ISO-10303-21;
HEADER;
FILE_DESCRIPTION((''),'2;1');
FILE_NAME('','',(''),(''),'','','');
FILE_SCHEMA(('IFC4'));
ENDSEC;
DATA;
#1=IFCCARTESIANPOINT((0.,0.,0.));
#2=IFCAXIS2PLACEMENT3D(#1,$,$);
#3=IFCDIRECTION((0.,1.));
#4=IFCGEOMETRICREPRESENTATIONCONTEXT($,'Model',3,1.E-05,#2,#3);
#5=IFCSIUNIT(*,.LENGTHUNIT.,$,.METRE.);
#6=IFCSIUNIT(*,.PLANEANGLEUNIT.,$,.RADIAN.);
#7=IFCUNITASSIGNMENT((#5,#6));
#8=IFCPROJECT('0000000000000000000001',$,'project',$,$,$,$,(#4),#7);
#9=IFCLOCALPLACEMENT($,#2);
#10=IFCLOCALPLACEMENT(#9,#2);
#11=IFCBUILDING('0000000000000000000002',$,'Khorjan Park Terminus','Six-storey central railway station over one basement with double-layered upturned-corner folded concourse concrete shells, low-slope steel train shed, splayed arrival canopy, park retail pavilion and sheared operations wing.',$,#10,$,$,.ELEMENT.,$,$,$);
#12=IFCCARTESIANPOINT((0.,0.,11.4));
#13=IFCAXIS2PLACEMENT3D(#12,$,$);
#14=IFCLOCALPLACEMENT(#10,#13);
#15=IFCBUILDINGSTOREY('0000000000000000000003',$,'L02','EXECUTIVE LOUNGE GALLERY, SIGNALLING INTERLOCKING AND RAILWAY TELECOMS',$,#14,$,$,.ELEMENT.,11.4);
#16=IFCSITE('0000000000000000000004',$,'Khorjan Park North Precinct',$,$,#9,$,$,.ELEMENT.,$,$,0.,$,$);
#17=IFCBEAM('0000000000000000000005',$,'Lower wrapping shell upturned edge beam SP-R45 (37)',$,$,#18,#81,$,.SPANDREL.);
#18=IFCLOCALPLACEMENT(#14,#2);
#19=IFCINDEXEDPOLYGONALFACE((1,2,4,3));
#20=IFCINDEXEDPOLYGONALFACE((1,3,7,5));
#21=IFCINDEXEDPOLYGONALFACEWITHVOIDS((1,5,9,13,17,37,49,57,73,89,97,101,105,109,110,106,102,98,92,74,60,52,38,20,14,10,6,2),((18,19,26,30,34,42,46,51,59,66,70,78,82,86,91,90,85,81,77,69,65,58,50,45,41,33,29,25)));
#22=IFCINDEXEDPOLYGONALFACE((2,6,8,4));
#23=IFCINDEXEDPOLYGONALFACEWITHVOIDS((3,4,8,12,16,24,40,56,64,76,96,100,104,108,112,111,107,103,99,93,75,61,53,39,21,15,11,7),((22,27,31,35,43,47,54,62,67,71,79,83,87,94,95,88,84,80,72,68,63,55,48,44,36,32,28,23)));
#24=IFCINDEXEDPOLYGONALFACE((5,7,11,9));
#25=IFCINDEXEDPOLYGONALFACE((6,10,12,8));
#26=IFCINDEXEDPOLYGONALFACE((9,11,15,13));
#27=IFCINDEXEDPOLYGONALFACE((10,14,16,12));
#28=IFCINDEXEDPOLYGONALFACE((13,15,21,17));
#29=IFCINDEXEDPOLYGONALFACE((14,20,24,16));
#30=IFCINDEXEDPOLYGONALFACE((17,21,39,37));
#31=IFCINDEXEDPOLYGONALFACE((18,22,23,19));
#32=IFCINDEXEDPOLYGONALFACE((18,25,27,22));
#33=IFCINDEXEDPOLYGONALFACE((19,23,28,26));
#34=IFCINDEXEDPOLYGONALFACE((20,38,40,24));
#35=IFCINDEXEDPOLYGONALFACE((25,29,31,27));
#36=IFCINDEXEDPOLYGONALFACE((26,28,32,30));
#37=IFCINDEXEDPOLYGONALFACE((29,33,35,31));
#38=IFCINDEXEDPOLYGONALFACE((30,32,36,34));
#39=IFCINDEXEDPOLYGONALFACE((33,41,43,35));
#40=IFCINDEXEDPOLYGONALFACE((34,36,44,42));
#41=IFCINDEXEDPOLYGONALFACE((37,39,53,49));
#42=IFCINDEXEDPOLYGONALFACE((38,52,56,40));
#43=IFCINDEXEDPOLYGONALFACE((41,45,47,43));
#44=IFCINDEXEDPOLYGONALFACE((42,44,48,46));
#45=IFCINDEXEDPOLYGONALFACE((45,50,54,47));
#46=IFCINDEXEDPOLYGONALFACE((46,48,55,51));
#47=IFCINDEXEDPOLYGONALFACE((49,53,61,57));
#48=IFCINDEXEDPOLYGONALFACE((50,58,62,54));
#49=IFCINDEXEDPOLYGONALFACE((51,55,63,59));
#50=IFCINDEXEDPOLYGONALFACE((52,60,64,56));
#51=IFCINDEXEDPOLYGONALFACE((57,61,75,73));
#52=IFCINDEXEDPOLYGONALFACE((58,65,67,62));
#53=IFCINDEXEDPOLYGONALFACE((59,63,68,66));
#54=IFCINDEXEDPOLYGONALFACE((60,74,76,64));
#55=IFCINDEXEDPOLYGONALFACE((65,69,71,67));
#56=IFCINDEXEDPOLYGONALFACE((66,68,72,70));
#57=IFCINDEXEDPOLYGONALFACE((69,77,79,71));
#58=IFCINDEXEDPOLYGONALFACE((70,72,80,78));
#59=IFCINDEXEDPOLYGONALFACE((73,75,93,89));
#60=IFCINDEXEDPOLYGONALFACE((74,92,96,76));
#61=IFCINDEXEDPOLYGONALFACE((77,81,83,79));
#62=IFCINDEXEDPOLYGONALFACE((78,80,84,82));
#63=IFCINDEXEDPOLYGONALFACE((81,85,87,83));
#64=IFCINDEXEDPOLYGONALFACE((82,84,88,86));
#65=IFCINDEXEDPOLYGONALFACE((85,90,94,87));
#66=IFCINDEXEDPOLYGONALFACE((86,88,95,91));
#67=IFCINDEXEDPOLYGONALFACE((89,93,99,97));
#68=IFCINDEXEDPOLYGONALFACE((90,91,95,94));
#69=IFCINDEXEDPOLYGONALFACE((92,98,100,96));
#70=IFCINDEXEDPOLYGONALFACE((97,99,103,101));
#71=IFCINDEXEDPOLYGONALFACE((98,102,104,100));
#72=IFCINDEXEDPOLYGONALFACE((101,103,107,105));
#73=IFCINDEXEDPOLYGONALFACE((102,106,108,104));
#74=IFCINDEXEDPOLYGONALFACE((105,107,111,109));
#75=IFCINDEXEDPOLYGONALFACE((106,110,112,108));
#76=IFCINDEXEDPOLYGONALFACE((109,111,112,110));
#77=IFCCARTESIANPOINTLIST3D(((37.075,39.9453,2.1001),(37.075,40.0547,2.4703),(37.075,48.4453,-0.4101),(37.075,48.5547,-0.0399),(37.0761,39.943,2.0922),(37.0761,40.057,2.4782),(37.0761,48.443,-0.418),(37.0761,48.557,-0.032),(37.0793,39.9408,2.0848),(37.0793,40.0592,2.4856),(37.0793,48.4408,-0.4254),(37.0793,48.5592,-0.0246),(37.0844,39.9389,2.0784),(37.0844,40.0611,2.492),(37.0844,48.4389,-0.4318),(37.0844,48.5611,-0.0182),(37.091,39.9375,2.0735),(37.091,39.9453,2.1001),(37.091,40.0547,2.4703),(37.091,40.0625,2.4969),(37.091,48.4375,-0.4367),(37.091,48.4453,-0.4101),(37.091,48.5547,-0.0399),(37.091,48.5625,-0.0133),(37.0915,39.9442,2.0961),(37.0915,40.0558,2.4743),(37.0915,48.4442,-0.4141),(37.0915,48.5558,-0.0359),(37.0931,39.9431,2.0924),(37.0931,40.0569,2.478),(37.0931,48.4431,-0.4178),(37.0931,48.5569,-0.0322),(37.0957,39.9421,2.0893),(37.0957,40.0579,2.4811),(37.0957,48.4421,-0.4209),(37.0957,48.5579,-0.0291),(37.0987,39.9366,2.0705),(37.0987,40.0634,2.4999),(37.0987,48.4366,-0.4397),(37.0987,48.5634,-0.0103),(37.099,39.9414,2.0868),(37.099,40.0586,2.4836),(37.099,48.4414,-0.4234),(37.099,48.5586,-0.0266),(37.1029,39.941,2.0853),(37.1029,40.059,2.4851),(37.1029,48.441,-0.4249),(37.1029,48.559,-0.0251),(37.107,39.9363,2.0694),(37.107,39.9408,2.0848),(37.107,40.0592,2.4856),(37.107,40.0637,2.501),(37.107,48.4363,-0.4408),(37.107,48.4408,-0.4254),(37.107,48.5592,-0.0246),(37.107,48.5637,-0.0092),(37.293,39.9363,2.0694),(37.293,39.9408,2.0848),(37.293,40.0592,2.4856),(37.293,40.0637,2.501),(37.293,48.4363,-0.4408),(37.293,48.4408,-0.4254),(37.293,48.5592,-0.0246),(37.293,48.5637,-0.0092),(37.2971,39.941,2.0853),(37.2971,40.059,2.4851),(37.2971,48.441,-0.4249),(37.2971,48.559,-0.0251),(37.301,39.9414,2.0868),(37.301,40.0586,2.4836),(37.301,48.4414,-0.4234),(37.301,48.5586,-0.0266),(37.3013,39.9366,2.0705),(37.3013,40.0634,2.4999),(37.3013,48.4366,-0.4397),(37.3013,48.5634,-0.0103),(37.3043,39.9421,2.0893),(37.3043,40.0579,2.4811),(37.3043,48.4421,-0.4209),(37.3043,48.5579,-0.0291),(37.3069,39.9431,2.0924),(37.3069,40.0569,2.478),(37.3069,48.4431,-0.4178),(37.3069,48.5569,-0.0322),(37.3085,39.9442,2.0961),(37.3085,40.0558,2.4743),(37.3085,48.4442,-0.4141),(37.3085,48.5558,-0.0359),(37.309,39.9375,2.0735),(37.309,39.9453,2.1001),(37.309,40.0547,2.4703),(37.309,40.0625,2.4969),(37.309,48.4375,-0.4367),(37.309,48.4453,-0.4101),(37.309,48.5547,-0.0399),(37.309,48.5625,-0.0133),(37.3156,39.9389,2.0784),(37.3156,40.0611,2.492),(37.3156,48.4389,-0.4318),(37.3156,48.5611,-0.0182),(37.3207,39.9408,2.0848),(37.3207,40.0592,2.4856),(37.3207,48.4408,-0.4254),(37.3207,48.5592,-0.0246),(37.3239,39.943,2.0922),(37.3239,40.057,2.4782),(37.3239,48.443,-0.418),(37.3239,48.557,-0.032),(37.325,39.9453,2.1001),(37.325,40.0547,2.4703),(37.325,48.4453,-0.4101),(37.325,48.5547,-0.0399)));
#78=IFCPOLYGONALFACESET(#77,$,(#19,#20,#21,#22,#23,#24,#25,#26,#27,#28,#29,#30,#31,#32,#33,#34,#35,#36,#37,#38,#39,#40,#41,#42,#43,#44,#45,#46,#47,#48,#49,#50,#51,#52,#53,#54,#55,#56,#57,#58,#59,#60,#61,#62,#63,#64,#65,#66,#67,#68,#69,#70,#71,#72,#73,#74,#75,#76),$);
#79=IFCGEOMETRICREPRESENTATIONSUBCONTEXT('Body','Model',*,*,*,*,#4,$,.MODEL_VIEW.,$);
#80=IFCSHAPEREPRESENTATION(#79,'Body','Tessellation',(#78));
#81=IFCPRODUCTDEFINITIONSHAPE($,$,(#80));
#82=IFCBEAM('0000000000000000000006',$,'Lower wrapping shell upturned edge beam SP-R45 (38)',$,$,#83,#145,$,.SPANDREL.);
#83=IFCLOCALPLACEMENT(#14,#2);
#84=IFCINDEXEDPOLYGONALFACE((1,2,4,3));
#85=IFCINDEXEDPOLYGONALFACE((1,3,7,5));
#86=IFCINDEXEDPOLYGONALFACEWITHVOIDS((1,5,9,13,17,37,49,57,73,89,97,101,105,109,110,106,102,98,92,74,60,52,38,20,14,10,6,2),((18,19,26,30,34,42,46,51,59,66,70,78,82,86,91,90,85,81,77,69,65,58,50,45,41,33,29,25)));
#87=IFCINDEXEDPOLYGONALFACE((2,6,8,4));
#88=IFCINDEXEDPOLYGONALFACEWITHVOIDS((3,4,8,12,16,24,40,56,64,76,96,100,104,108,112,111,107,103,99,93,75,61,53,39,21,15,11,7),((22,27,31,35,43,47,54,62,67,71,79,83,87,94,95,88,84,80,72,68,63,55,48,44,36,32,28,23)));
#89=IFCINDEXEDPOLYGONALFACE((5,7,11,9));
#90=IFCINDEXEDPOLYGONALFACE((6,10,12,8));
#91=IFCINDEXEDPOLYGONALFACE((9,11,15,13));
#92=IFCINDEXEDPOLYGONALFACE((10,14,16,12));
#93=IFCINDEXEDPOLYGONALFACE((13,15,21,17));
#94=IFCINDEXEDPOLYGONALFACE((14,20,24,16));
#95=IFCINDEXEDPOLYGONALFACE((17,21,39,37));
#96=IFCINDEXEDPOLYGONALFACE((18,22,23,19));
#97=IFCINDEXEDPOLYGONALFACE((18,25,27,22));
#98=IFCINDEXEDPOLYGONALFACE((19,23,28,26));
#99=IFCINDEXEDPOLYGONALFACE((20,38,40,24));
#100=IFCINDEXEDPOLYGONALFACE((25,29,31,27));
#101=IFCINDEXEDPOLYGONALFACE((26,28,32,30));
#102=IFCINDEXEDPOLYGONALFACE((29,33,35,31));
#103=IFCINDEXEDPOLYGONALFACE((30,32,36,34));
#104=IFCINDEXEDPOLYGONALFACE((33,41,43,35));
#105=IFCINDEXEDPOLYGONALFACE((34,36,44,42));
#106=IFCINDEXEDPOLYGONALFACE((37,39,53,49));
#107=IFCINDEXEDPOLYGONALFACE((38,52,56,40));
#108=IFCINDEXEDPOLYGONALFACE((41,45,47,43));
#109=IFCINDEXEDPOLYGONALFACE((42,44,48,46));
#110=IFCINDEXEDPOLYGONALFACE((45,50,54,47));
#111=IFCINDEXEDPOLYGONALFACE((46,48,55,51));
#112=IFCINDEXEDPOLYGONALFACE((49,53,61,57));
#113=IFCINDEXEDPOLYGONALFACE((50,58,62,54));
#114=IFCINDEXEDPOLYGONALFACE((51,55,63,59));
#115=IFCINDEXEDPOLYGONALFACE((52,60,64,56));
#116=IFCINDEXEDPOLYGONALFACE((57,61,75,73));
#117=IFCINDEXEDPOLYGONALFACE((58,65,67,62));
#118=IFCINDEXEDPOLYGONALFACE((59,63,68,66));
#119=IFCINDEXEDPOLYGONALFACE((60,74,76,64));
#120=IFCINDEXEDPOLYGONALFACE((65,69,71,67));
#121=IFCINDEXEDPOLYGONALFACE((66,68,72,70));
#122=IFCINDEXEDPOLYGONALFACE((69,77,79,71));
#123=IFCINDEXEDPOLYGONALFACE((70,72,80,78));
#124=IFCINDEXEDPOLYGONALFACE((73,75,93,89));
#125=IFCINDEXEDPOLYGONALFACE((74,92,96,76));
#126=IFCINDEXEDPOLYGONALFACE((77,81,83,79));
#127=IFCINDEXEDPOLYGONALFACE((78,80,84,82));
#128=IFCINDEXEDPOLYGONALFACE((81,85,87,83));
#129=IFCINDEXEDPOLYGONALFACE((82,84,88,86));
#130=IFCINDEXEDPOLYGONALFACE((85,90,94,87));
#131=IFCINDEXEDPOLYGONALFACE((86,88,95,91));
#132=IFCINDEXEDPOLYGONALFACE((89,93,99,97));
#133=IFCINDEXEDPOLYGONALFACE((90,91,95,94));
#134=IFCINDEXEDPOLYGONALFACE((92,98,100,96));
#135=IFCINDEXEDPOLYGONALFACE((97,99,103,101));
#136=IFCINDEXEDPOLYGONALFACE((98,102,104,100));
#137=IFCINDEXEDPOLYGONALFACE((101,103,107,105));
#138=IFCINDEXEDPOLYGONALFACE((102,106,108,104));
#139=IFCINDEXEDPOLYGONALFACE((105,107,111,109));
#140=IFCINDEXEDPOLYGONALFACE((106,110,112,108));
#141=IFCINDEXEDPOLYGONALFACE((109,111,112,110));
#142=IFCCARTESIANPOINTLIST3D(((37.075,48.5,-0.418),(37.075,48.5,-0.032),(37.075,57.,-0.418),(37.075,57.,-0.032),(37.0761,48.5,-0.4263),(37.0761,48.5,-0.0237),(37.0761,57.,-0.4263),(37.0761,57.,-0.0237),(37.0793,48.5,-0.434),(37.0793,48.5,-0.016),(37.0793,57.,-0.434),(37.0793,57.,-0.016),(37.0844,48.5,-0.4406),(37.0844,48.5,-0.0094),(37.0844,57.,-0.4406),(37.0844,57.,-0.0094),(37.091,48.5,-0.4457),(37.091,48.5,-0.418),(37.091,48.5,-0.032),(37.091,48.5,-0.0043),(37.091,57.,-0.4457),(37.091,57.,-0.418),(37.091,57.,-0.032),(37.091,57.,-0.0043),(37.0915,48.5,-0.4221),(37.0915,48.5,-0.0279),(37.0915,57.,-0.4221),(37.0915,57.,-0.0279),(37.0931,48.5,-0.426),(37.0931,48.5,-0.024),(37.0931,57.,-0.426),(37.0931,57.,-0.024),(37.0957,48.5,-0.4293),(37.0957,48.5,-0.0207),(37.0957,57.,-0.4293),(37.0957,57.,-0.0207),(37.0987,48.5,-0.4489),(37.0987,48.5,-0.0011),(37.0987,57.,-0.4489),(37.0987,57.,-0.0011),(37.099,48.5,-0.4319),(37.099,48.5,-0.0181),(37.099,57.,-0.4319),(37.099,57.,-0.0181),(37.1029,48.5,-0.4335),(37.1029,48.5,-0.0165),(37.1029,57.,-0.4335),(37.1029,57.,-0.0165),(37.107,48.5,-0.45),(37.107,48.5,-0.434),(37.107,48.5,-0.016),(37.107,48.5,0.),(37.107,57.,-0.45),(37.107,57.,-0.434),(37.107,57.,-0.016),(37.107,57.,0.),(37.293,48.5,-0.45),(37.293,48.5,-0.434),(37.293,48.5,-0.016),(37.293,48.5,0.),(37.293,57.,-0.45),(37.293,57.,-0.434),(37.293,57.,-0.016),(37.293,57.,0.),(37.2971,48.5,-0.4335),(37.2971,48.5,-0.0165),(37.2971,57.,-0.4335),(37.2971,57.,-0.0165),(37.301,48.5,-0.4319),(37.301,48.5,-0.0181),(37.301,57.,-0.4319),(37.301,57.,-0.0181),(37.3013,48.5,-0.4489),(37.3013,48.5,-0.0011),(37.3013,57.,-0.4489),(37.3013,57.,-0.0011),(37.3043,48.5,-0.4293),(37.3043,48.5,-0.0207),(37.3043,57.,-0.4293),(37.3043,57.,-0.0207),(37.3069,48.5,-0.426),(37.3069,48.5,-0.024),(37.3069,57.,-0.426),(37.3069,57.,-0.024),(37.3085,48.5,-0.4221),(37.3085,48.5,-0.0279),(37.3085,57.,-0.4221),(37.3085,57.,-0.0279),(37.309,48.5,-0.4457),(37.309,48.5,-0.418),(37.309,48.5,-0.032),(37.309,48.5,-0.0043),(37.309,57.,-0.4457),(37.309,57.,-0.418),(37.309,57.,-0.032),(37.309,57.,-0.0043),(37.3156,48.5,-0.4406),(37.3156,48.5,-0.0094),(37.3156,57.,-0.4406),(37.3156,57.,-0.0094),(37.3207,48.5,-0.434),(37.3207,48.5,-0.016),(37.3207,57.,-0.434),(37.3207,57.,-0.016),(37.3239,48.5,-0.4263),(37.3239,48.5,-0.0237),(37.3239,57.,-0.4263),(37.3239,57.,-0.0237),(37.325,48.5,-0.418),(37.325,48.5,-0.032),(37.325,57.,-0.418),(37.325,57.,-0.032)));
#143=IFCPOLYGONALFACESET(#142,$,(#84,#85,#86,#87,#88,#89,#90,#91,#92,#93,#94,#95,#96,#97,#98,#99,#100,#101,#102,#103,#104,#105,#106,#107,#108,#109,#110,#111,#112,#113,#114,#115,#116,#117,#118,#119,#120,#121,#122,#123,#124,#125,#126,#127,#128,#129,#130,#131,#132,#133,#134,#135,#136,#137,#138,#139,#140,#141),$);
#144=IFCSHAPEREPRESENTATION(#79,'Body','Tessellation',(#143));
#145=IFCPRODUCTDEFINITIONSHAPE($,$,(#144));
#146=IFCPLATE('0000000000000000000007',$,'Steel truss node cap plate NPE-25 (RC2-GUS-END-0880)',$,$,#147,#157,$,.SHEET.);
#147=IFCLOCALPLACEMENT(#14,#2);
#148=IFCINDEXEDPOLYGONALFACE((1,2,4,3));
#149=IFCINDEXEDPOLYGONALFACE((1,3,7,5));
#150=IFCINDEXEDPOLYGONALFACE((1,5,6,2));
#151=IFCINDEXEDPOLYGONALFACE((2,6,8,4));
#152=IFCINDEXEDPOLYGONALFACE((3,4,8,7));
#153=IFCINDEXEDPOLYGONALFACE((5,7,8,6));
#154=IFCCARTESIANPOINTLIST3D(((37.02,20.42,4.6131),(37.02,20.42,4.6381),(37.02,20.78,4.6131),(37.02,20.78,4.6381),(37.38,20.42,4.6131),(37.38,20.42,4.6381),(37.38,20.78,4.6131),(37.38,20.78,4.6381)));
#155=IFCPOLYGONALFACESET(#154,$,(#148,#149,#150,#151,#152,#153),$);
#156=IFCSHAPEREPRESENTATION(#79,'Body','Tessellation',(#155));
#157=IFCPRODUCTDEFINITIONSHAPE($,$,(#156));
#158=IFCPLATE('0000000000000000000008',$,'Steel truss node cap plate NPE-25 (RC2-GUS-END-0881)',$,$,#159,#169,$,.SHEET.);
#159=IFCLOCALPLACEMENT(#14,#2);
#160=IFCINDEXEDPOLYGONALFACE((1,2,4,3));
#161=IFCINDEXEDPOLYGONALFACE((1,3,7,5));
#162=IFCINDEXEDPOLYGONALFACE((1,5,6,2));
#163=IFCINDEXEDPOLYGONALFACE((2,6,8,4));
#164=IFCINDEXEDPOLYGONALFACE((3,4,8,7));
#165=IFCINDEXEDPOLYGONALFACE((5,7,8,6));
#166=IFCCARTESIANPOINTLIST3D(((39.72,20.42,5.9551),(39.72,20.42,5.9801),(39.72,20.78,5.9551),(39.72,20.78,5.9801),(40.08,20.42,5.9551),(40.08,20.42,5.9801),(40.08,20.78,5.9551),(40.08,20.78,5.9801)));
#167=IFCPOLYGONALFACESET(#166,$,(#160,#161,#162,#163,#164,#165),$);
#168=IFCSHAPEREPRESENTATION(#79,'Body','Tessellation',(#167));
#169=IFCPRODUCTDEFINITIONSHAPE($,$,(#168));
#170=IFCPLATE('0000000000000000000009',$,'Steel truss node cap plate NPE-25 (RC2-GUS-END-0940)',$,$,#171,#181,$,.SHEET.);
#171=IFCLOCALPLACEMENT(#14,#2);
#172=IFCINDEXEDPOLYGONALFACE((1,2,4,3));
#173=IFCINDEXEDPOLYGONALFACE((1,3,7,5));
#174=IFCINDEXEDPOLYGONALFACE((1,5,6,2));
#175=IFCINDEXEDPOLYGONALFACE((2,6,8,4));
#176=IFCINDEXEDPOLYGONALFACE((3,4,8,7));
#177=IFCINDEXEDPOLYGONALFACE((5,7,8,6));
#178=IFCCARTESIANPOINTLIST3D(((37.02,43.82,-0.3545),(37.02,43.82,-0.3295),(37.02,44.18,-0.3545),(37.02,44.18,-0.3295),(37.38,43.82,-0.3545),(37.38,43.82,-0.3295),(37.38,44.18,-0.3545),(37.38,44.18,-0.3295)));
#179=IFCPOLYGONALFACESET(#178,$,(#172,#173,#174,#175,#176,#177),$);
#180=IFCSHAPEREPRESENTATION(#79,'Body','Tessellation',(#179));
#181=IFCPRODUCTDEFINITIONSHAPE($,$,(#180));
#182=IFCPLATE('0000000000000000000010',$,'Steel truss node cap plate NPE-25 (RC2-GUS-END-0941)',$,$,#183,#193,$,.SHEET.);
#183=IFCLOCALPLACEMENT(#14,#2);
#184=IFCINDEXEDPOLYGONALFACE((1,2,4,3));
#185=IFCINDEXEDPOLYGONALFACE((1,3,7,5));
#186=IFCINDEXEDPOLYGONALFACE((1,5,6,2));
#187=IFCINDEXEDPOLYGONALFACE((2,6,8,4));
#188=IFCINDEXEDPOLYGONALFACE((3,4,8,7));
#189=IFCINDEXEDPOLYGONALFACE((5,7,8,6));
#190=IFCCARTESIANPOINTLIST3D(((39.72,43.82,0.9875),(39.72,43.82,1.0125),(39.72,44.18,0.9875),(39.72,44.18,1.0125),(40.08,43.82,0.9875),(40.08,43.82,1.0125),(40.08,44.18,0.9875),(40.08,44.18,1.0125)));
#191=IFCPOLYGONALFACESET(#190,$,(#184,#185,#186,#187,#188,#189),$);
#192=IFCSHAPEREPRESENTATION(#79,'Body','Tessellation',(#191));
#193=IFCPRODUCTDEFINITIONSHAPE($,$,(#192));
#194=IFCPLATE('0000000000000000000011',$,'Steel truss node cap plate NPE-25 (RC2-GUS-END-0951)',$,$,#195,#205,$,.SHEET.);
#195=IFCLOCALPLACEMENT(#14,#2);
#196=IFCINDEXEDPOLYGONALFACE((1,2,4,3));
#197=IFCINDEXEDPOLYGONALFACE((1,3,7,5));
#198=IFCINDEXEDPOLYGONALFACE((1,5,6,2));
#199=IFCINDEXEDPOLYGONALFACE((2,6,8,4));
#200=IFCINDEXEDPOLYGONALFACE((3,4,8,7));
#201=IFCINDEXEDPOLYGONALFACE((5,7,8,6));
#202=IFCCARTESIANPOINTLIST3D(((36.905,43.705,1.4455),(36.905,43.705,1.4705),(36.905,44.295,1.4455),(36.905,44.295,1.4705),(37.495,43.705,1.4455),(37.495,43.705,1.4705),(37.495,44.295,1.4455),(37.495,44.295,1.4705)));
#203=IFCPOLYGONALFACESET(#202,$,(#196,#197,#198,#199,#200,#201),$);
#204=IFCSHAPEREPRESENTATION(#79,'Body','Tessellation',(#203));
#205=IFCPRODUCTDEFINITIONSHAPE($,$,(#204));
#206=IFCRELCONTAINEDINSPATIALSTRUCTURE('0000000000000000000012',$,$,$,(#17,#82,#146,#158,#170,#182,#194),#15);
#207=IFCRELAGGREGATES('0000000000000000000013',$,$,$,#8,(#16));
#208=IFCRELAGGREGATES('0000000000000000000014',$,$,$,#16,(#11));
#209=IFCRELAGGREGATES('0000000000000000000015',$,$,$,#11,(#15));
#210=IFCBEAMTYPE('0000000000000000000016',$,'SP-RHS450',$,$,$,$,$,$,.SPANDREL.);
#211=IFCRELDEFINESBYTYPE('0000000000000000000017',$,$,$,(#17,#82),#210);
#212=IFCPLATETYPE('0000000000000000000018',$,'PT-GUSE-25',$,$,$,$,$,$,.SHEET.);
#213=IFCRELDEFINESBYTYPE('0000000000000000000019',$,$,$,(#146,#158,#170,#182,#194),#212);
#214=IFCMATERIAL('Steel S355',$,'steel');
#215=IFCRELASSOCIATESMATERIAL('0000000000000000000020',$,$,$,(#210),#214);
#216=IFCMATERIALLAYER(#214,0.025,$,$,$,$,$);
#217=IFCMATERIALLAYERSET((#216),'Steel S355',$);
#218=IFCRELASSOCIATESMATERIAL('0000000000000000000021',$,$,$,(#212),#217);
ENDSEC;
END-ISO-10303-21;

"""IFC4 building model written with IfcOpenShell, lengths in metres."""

from ifc_helpers import new_model, si_unit, direction, frame, origin, origin_2d, place, context, subcontext, project, spatial, rectangle, hollow_rectangle, extrude, material, layer, layer_set, material_profile, profile_set, type_object, element, save


model = new_model("IFC4")

# Units and contexts
model_context = context("Model", 3, precision=1e-05, world=origin(), true_north=direction((0.0, 1.0)))
body_context = subcontext(model_context, "Body", "Model", "MODEL_VIEW")
ifc_project = project(units=[si_unit("LENGTHUNIT", "METRE"), si_unit("PLANEANGLEUNIT", "RADIAN")], contexts=[model_context])

# Site, building, storey
site_placement = place(None, origin())
site = spatial("IfcSite", under=ifc_project, at=site_placement, Name="Khorjan Park North Precinct", CompositionType="ELEMENT", RefElevation=0.0)
building_placement = place(site_placement, origin())
building = spatial("IfcBuilding", under=site, at=building_placement, Name="Khorjan Park Terminus", Description="Six-storey central railway station over one basement with double-layered upturned-corner folded concourse concrete shells, low-slope steel train shed, splayed arrival canopy, park retail pavilion and sheared operations wing.", CompositionType="ELEMENT")
storey_placement = place(building_placement, frame((0.0, 0.0, 11.4)))
storey = spatial("IfcBuildingStorey", under=building, at=storey_placement, Name="L02", Description="EXECUTIVE LOUNGE GALLERY, SIGNALLING INTERLOCKING AND RAILWAY TELECOMS", CompositionType="ELEMENT", Elevation=11.4)

# Shared definitions
ifc_material_1 = material(Name="Steel S355", Category="steel")

# Beams
ifc_material_profile_1 = material_profile(ifc_material_1, hollow_rectangle(XDim=0.25, YDim=0.45, WallThickness=0.016, InnerFilletRadius=0.016, OuterFilletRadius=0.032, at=origin_2d()), Name="RHS 450x250x16")
ifc_profile_set_1 = profile_set([ifc_material_profile_1], Name="Steel S355")
beam_type = type_object("IfcBeamType", Name="SP-RHS450", PredefinedType="SPANDREL", material=ifc_profile_set_1)
beam_1_placement = place(storey_placement, frame((37.2, 40.0, 2.2852), z_axis=(0.0, 0.959053, -0.283225), x_axis=(-1.0, 0.0, 0.0)))
element("IfcBeam", 1, at=beam_1_placement, inside=storey, type_object=beam_type, Name="Lower wrapping shell upturned edge beam SP-R45 (37)", PredefinedType="SPANDREL", context=body_context, shape_type="SweptSolid", body=[
    extrude(hollow_rectangle(XDim=0.25, YDim=0.45, WallThickness=0.016, InnerFilletRadius=0.016, OuterFilletRadius=0.032, at=origin_2d()), origin(), (0.0, 0.0, 1.0), 8.8629),
])
beam_2_placement = place(storey_placement, frame((37.2, 48.5, -0.225), z_axis=(0.0, 1.0, 0.0), x_axis=(-1.0, 0.0, 0.0)))
element("IfcBeam", 2, at=beam_2_placement, inside=storey, type_object=beam_type, Name="Lower wrapping shell upturned edge beam SP-R45 (38)", PredefinedType="SPANDREL", context=body_context, shape_type="SweptSolid", body=[
    extrude(hollow_rectangle(XDim=0.25, YDim=0.45, WallThickness=0.016, InnerFilletRadius=0.016, OuterFilletRadius=0.032, at=origin_2d()), origin(), (0.0, 0.0, 1.0), 8.5),
])

# Plates
ifc_layer_1 = layer(ifc_material_1, 0.025)
ifc_layer_set_1 = layer_set([ifc_layer_1], Name="Steel S355")
plate_type = type_object("IfcPlateType", Name="PT-GUSE-25", PredefinedType="SHEET", material=ifc_layer_set_1)
for number, where, z_axis, x_axis, name in (
    (3, (37.2, 20.6, 4.6131), (0.0, 0.0, 1.0), (1.0, 0.0, 0.0), "Steel truss node cap plate NPE-25 (RC2-GUS-END-0880)"),
    (4, (39.9, 20.6, 5.9551), (0.0, 0.0, 1.0), (1.0, 0.0, 0.0), "Steel truss node cap plate NPE-25 (RC2-GUS-END-0881)"),
    (5, (37.2, 44.0, -0.3545), (0.0, 0.0, 1.0), (1.0, 0.0, 0.0), "Steel truss node cap plate NPE-25 (RC2-GUS-END-0940)"),
    (6, (39.9, 44.0, 0.9875), (0.0, 0.0, 1.0), (1.0, 0.0, 0.0), "Steel truss node cap plate NPE-25 (RC2-GUS-END-0941)"),
):
    element("IfcPlate", number, at=place(storey_placement, frame(where, z_axis=z_axis, x_axis=x_axis)), inside=storey, type_object=plate_type, Name=name, PredefinedType="SHEET", context=body_context, shape_type="SweptSolid", body=[
        extrude(rectangle(XDim=0.36, YDim=0.36, at=origin_2d()), origin(), (0.0, 0.0, 1.0), 0.025),
    ])
for number, where, z_axis, x_axis, name in (
    (7, (37.2, 44.0, 1.4455), (0.0, 0.0, 1.0), (1.0, 0.0, 0.0), "Steel truss node cap plate NPE-25 (RC2-GUS-END-0951)"),
):
    element("IfcPlate", number, at=place(storey_placement, frame(where, z_axis=z_axis, x_axis=x_axis)), inside=storey, type_object=plate_type, Name=name, PredefinedType="SHEET", context=body_context, shape_type="SweptSolid", body=[
        extrude(rectangle(XDim=0.59, YDim=0.59, at=origin_2d()), origin(), (0.0, 0.0, 1.0), 0.025),
    ])

save(model, "model.ifc")
